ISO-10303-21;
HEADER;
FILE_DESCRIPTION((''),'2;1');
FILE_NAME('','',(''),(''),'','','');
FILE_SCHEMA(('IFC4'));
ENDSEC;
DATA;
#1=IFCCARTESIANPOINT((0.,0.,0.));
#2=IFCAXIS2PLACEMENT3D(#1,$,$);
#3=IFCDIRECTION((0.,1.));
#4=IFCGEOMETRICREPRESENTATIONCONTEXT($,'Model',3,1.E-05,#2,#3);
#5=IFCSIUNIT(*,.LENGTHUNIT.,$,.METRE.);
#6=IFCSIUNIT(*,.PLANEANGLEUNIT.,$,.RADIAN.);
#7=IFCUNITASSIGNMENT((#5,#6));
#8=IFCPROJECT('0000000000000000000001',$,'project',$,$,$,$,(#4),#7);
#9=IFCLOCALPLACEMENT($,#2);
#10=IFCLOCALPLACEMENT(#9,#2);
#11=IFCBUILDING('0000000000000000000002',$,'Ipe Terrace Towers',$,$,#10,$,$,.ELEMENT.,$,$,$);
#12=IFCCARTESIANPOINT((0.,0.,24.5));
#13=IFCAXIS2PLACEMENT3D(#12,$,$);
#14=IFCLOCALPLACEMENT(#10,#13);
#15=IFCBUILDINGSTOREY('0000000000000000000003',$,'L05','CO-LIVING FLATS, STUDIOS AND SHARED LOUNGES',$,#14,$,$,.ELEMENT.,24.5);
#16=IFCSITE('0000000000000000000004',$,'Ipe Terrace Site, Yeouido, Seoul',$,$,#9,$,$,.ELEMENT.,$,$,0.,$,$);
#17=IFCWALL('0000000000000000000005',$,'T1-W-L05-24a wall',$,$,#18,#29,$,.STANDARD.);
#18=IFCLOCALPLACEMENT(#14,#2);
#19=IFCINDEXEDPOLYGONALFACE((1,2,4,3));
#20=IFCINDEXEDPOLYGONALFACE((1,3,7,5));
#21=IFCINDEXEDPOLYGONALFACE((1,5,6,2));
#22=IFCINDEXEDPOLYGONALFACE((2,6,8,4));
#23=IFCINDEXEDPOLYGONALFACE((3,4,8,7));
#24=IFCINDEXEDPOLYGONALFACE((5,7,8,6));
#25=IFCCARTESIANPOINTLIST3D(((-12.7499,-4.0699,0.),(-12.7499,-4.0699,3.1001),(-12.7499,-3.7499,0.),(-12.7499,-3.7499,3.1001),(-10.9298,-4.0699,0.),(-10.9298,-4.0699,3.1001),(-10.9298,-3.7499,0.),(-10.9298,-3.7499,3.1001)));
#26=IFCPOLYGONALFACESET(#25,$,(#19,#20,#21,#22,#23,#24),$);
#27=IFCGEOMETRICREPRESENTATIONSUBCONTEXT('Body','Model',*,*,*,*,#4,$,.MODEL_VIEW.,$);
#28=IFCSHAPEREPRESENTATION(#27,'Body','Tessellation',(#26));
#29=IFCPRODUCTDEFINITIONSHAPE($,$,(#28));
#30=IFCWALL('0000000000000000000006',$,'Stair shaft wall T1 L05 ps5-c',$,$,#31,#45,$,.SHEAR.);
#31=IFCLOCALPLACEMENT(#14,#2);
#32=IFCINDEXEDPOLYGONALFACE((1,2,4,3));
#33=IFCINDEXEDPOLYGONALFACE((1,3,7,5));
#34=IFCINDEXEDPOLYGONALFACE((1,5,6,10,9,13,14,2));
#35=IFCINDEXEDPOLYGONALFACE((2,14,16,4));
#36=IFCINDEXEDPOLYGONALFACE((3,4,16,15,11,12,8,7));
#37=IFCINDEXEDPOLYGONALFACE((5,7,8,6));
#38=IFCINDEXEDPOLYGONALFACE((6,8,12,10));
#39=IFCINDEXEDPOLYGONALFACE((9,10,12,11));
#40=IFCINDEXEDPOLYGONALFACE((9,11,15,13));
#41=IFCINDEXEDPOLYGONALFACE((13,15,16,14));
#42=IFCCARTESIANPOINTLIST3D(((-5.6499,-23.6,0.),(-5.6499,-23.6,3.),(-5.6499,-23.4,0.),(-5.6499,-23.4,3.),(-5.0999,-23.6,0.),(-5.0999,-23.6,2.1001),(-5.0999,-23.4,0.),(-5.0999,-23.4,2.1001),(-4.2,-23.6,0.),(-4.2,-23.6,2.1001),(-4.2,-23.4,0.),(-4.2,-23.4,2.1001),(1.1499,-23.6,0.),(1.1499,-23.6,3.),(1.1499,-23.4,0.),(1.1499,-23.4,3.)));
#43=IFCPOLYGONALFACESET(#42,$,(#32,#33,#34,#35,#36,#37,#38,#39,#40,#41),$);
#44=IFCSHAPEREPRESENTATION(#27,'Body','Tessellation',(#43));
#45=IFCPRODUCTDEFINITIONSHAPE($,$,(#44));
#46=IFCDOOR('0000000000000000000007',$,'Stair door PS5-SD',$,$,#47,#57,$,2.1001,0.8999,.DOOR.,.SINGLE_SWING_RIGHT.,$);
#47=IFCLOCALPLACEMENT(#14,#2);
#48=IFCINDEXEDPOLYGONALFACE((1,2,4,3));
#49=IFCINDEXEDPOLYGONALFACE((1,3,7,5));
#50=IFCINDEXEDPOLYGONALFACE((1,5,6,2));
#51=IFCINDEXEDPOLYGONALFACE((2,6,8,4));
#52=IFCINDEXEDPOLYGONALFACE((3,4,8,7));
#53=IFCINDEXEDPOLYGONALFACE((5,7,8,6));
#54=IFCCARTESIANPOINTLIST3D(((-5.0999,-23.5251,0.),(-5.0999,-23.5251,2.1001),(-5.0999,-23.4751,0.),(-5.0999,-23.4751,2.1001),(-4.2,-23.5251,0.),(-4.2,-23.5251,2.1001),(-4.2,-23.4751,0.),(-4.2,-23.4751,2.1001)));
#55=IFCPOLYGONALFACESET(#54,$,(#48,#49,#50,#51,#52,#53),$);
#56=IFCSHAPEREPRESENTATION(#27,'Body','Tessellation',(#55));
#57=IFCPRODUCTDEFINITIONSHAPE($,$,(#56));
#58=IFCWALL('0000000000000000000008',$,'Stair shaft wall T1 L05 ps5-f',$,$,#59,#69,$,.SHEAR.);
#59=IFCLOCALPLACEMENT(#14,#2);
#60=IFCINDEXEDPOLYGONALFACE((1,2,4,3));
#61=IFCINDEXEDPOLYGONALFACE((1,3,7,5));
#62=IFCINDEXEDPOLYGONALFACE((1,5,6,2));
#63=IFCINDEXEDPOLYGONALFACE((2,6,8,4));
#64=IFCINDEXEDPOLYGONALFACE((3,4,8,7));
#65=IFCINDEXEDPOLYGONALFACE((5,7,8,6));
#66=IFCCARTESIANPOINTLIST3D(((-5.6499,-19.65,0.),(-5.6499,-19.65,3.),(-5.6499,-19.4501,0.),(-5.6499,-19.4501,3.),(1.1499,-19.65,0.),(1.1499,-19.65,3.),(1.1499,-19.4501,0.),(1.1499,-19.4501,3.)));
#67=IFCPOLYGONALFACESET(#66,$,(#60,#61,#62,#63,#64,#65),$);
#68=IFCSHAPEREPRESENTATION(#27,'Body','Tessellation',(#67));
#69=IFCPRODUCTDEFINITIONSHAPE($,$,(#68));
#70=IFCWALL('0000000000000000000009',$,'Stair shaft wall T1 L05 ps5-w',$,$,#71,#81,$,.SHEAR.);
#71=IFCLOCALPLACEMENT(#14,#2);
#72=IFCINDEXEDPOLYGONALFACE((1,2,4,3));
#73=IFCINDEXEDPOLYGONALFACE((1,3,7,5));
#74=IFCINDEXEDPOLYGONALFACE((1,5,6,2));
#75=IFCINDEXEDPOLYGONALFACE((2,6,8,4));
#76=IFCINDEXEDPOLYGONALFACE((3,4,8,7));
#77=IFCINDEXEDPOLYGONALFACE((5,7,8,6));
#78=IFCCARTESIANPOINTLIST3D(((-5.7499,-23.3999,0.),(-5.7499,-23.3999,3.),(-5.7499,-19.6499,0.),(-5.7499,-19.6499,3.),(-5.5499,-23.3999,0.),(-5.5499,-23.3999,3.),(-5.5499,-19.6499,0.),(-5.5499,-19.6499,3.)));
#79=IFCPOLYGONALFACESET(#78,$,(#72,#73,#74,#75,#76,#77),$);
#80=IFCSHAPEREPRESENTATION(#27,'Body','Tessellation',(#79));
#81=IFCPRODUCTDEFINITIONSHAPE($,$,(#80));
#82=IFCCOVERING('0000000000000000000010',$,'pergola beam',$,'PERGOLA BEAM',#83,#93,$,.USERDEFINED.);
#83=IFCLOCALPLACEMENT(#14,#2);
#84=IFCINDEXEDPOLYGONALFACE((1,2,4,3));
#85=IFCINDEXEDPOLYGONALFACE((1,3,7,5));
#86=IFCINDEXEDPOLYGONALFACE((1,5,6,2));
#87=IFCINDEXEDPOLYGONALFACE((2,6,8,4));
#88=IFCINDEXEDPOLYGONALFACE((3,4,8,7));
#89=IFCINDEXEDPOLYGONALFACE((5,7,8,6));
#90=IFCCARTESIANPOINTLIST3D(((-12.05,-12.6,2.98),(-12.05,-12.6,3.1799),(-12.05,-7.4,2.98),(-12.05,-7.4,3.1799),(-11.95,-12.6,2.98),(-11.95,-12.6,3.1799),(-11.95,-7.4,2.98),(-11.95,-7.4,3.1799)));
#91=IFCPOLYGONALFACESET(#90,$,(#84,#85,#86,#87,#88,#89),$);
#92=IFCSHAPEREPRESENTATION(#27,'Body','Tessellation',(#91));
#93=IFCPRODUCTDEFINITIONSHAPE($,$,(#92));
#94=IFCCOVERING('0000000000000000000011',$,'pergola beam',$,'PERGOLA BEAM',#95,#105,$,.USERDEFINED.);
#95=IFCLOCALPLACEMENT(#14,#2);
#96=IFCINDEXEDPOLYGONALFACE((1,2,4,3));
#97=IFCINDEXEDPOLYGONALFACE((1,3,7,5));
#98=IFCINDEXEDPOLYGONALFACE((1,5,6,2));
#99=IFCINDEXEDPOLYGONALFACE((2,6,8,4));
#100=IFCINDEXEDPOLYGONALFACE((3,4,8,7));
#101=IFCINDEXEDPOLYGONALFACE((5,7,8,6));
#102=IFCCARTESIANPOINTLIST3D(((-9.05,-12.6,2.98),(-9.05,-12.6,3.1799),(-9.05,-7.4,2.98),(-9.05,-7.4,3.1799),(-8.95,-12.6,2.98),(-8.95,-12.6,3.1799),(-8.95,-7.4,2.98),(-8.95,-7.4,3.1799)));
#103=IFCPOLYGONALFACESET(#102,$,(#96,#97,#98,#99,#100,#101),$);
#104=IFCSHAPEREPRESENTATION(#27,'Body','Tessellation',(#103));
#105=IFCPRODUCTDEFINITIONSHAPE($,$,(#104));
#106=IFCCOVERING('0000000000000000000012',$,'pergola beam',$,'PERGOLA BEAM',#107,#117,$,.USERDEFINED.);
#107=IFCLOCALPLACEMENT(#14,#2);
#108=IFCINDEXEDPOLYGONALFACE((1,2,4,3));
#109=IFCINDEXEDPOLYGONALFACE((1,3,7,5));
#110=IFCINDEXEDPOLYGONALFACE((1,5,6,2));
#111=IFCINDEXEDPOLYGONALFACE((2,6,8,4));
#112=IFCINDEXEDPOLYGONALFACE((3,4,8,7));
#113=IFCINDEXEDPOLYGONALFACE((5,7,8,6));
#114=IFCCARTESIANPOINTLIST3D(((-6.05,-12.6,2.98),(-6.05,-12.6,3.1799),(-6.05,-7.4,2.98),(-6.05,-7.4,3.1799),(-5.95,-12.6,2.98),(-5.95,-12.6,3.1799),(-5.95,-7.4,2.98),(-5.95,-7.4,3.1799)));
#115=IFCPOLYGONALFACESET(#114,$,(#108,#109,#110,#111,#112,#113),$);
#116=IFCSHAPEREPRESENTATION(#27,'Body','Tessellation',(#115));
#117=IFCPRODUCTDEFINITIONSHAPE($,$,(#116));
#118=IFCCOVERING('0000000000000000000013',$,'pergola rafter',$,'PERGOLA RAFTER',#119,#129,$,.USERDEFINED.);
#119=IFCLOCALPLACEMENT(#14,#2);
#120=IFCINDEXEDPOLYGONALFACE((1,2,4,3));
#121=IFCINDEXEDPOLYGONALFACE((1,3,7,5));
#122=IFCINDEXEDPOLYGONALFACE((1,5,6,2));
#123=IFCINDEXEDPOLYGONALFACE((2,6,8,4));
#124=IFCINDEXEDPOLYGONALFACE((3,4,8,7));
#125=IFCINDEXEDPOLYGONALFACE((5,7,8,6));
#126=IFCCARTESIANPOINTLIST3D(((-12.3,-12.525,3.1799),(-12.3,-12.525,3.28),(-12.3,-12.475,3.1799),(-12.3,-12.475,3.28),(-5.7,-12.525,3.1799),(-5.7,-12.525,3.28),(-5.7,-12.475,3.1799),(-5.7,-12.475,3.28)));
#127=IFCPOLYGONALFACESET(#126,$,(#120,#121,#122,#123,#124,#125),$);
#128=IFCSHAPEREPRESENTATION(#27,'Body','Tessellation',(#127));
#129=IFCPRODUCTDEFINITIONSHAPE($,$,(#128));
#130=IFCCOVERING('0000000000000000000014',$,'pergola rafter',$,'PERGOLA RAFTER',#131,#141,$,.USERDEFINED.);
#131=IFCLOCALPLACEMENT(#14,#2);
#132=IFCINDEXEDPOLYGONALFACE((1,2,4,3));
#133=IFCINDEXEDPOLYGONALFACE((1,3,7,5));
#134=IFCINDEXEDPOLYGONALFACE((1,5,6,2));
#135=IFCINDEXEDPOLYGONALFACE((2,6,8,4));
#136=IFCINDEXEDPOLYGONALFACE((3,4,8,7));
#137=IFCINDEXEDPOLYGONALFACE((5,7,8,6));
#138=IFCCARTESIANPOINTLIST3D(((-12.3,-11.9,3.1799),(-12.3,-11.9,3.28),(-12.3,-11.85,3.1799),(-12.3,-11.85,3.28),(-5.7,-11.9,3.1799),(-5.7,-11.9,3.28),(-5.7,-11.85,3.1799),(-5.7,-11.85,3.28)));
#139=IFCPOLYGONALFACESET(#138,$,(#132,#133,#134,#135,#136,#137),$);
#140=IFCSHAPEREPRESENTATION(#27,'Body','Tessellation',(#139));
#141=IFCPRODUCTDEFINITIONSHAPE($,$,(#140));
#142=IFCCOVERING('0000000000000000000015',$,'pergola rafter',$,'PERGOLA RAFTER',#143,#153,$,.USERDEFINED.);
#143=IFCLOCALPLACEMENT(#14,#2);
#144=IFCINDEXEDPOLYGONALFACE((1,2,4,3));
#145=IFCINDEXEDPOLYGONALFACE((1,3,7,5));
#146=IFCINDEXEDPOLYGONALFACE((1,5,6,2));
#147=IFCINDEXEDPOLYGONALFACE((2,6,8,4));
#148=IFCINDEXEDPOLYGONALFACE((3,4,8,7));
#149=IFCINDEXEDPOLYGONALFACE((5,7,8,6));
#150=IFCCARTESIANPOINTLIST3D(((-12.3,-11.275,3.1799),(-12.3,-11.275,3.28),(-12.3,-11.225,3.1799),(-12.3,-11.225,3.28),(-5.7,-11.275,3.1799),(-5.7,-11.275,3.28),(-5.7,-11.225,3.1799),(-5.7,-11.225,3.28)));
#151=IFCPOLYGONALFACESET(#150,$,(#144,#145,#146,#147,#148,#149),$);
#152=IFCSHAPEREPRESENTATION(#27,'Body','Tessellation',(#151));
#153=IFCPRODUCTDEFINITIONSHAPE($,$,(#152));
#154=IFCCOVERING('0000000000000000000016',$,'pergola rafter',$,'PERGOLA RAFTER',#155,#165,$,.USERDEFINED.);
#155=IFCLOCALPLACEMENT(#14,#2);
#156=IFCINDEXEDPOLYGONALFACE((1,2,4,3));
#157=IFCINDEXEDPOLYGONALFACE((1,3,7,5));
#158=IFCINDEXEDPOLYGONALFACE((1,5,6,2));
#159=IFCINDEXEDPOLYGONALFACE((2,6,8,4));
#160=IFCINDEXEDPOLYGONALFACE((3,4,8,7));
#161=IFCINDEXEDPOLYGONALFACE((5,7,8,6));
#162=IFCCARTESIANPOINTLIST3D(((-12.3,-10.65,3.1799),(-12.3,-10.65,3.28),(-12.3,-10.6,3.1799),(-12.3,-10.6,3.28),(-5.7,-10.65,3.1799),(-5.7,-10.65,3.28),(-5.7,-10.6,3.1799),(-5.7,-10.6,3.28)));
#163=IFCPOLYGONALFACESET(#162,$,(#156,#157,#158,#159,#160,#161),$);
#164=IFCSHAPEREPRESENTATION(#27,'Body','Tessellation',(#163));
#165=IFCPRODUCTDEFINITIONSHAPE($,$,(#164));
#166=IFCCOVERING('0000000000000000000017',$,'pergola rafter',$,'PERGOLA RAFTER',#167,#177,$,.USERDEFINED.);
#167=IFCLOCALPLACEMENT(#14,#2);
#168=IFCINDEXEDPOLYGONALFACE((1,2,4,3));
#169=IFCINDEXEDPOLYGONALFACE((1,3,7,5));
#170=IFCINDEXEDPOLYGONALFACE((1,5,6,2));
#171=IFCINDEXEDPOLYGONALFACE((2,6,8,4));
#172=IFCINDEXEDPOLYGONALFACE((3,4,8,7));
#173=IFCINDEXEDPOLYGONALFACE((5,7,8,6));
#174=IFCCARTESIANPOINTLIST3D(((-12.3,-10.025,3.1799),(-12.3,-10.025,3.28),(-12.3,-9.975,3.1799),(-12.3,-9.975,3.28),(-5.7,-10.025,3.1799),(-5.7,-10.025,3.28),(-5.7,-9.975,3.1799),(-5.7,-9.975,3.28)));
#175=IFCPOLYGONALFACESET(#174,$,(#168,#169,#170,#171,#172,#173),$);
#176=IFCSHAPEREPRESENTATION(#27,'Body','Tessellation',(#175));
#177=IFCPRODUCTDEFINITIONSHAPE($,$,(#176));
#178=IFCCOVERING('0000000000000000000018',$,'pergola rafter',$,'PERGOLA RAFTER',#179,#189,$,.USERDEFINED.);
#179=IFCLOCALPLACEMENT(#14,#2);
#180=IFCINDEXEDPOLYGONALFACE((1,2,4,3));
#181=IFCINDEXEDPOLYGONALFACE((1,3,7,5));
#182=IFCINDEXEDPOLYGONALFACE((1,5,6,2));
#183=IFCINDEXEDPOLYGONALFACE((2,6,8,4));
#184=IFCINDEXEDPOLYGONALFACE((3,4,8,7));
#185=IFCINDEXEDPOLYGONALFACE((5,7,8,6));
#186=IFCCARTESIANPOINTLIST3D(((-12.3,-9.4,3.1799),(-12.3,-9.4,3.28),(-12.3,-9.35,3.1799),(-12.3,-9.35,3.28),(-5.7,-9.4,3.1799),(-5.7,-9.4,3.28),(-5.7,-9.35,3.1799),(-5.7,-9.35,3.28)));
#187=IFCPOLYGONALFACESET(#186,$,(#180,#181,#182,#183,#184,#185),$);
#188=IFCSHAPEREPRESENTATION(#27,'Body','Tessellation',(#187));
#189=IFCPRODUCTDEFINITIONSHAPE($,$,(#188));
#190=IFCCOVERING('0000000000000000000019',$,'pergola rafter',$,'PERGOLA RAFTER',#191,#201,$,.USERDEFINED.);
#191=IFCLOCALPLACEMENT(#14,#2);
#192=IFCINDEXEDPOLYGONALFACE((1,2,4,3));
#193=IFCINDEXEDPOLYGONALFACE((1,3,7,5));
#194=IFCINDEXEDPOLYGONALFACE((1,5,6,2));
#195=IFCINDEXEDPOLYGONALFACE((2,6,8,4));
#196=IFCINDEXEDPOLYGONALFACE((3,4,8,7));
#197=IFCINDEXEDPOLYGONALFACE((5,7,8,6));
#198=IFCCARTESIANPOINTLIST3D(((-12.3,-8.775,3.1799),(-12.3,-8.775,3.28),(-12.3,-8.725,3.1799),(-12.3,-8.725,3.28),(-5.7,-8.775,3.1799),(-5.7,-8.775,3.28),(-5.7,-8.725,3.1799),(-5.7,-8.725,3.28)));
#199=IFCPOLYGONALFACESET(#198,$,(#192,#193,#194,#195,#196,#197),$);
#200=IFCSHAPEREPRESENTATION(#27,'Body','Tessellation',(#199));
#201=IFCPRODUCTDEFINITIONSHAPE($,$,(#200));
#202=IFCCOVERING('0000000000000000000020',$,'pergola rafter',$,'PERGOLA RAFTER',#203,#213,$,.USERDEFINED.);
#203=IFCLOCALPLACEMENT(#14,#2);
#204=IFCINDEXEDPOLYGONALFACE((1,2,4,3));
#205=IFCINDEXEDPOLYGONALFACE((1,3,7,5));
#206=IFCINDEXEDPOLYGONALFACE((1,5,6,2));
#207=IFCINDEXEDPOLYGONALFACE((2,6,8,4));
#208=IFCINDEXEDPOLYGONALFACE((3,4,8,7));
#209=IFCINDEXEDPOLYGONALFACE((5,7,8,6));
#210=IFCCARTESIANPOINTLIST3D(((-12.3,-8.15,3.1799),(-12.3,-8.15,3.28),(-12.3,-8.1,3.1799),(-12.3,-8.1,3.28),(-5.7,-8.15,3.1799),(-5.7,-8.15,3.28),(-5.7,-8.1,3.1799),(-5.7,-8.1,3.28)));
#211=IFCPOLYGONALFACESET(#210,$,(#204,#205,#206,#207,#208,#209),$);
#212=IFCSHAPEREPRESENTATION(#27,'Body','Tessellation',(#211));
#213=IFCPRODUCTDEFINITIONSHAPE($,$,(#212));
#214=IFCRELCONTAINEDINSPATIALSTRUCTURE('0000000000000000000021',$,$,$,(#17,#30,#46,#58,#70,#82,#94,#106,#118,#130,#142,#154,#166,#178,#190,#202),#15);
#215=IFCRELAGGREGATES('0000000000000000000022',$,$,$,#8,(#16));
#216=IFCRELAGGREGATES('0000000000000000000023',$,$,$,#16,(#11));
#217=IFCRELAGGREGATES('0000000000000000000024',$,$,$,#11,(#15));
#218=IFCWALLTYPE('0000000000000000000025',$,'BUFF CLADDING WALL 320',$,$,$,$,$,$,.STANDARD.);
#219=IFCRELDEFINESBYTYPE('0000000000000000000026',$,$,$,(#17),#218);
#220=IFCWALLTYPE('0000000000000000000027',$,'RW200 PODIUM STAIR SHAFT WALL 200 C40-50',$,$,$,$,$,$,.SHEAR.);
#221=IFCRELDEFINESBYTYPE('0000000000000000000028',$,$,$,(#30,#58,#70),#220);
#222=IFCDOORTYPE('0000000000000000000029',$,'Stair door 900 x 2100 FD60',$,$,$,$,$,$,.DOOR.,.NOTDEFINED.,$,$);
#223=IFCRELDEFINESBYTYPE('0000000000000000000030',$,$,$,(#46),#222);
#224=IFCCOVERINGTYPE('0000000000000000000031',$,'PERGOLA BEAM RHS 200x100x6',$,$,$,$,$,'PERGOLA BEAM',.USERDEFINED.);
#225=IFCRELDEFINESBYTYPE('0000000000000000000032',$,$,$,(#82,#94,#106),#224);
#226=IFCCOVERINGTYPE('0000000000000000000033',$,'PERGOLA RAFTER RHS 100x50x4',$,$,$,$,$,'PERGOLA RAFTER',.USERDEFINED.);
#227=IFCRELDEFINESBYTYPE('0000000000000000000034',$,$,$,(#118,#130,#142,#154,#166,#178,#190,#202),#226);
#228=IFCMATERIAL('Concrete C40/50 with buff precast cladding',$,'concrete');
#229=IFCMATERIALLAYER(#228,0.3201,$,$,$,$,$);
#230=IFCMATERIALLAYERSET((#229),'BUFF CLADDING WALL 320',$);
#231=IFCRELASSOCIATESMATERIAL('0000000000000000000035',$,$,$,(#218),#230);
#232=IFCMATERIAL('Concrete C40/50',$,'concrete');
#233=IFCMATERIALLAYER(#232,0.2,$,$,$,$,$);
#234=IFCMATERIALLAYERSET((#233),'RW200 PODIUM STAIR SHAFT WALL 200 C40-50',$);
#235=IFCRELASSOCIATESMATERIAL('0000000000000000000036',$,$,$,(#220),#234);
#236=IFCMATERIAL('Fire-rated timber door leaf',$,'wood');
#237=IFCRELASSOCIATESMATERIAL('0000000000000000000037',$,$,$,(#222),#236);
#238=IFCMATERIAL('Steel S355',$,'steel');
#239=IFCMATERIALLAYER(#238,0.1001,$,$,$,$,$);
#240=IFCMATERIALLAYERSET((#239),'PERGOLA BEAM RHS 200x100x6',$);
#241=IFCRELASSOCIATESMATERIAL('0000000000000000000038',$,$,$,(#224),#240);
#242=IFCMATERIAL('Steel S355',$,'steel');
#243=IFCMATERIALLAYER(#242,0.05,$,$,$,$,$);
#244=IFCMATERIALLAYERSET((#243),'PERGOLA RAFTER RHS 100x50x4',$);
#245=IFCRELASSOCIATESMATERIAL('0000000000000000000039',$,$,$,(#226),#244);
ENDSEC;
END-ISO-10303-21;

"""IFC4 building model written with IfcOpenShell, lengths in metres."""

from ifc_helpers import new_model, si_unit, direction, frame, frame_2d, origin, origin_2d, place, context, subcontext, project, spatial, rectangle, extrude, material, layer, layer_set, type_object, element, fill, save


model = new_model("IFC4")

# Units and contexts
model_context = context("Model", 3, precision=1e-05, world=origin(), true_north=direction((0.0, 1.0)))
body_context = subcontext(model_context, "Body", "Model", "MODEL_VIEW")
ifc_project = project(units=[si_unit("LENGTHUNIT", "METRE"), si_unit("PLANEANGLEUNIT", "RADIAN")], contexts=[model_context])

# Site, building, storey
site_placement = place(None, origin())
site = spatial("IfcSite", under=ifc_project, at=site_placement, Name="Ipe Terrace Site, Yeouido, Seoul", CompositionType="ELEMENT", RefElevation=0.0)
building_placement = place(site_placement, origin())
building = spatial("IfcBuilding", under=site, at=building_placement, Name="Ipe Terrace Towers", CompositionType="ELEMENT")
storey_placement = place(building_placement, frame((0.0, 0.0, 24.5)))
storey = spatial("IfcBuildingStorey", under=building, at=storey_placement, Name="L05", Description="CO-LIVING FLATS, STUDIOS AND SHARED LOUNGES", CompositionType="ELEMENT", Elevation=24.5)

# Wall
ifc_material_1 = material(Name="Concrete C40/50 with buff precast cladding", Category="concrete")
ifc_layer_1 = layer(ifc_material_1, 0.3201)
ifc_layer_set_1 = layer_set([ifc_layer_1], Name="BUFF CLADDING WALL 320")
wall_type_1 = type_object("IfcWallType", Name="BUFF CLADDING WALL 320", PredefinedType="STANDARD", material=ifc_layer_set_1)
wall_1_placement = place(storey_placement, frame((-12.75, -3.9099, 0.0), z_axis=(0.0, 0.0, 1.0), x_axis=(1.0, 0.0, 0.0)))
element("IfcWall", 1, at=wall_1_placement, inside=storey, type_object=wall_type_1, Name="T1-W-L05-24a wall", PredefinedType="STANDARD", context=body_context, shape_type="SweptSolid", body=[
    extrude(rectangle(XDim=1.8201, YDim=0.3201, at=frame_2d((0.9102, 0.0))), origin(), (0.0, 0.0, 1.0), 3.1001),
])

# Wall, opening, door
ifc_material_2 = material(Name="Concrete C40/50", Category="concrete")
ifc_layer_2 = layer(ifc_material_2, 0.2)
ifc_layer_set_2 = layer_set([ifc_layer_2], Name="RW200 PODIUM STAIR SHAFT WALL 200 C40-50")
wall_type_2 = type_object("IfcWallType", Name="RW200 PODIUM STAIR SHAFT WALL 200 C40-50", PredefinedType="SHEAR", material=ifc_layer_set_2)
wall_2_placement = place(storey_placement, frame((-5.6499, -23.5, 0.0), z_axis=(0.0, 0.0, 1.0), x_axis=(1.0, 0.0, 0.0)))
wall_2 = element("IfcWall", 2, at=wall_2_placement, inside=storey, type_object=wall_type_2, Name="Stair shaft wall T1 L05 ps5-c", PredefinedType="SHEAR", context=body_context, shape_type="SweptSolid", body=[
    extrude(rectangle(XDim=6.7998, YDim=0.2, at=frame_2d((3.3999, 0.0))), origin(), (0.0, 0.0, 1.0), 3.0),
])
opening_placement = place(wall_2_placement, frame((0.55, 0.0, 0.0)))
opening = element("IfcOpeningElement", 3, at=opening_placement, cuts=wall_2, PredefinedType="OPENING", context=body_context, shape_type="SweptSolid", body=[
    extrude(rectangle(XDim=0.8999, YDim=2.1001, at=frame_2d((0.45, 1.05))), frame((0.0, 0.1099, 0.0), z_axis=(0.0, -1.0, 0.0), x_axis=(1.0, 0.0, 0.0)), (0.0, 0.0, 1.0), 0.22),
])
ifc_material_3 = material(Name="Fire-rated timber door leaf", Category="wood")
door_type = type_object("IfcDoorType", Name="Stair door 900 x 2100 FD60", OperationType="NOTDEFINED", PredefinedType="DOOR", material=ifc_material_3)
door_placement = place(opening_placement, origin())
door = element("IfcDoor", 4, at=door_placement, inside=storey, type_object=door_type, Name="Stair door PS5-SD", OperationType="SINGLE_SWING_RIGHT", OverallHeight=2.1001, OverallWidth=0.8999, PredefinedType="DOOR", context=body_context, shape_type="SweptSolid", body=[
    extrude(rectangle(XDim=0.8999, YDim=2.1001, at=frame_2d((0.45, 1.05))), frame((0.0, 0.0249, 0.0), z_axis=(0.0, -1.0, 0.0), x_axis=(1.0, 0.0, 0.0)), (0.0, 0.0, 1.0), 0.05),
])
fill(opening, door)

# Walls
wall_3_placement = place(storey_placement, frame((-5.6499, -19.55, 0.0), z_axis=(0.0, 0.0, 1.0), x_axis=(1.0, 0.0, 0.0)))
element("IfcWall", 5, at=wall_3_placement, inside=storey, type_object=wall_type_2, Name="Stair shaft wall T1 L05 ps5-f", PredefinedType="SHEAR", context=body_context, shape_type="SweptSolid", body=[
    extrude(rectangle(XDim=6.7998, YDim=0.2, at=frame_2d((3.3999, 0.0))), origin(), (0.0, 0.0, 1.0), 3.0),
])
wall_4_placement = place(storey_placement, frame((-5.6499, -23.3999, 0.0), z_axis=(0.0, 0.0, 1.0), x_axis=(0.0, 1.0, 0.0)))
element("IfcWall", 6, at=wall_4_placement, inside=storey, type_object=wall_type_2, Name="Stair shaft wall T1 L05 ps5-w", PredefinedType="SHEAR", context=body_context, shape_type="SweptSolid", body=[
    extrude(rectangle(XDim=3.75, YDim=0.2, at=frame_2d((1.875, 0.0))), origin(), (0.0, 0.0, 1.0), 3.0),
])

# Coverings
ifc_material_4 = material(Name="Steel S355", Category="steel")
ifc_layer_3 = layer(ifc_material_4, 0.1001)
ifc_layer_set_3 = layer_set([ifc_layer_3], Name="PERGOLA BEAM RHS 200x100x6")
covering_type_1 = type_object("IfcCoveringType", Name="PERGOLA BEAM RHS 200x100x6", ElementType="PERGOLA BEAM", PredefinedType="USERDEFINED", material=ifc_layer_set_3)
for number, where, z_axis, x_axis, name in (
    (7, (-12.0, -10.0, 2.98), (0.0, 0.0, 1.0), (1.0, 0.0, 0.0), "pergola beam"),
    (8, (-9.0, -10.0, 2.98), (0.0, 0.0, 1.0), (1.0, 0.0, 0.0), "pergola beam"),
    (9, (-6.0, -10.0, 2.98), (0.0, 0.0, 1.0), (1.0, 0.0, 0.0), "pergola beam"),
):
    element("IfcCovering", number, at=place(storey_placement, frame(where, z_axis=z_axis, x_axis=x_axis)), inside=storey, type_object=covering_type_1, Name=name, ObjectType="PERGOLA BEAM", PredefinedType="USERDEFINED", context=body_context, shape_type="SweptSolid", body=[
        extrude(rectangle(XDim=0.1001, YDim=5.2, at=origin_2d()), origin(), (0.0, 0.0, 1.0), 0.2),
    ])
ifc_material_5 = material(Name="Steel S355", Category="steel")
ifc_layer_4 = layer(ifc_material_5, 0.05)
ifc_layer_set_4 = layer_set([ifc_layer_4], Name="PERGOLA RAFTER RHS 100x50x4")
covering_type_2 = type_object("IfcCoveringType", Name="PERGOLA RAFTER RHS 100x50x4", ElementType="PERGOLA RAFTER", PredefinedType="USERDEFINED", material=ifc_layer_set_4)
for number, where, z_axis, x_axis, name in (
    (10, (-9.0, -12.5, 3.1799), (0.0, 0.0, 1.0), (1.0, 0.0, 0.0), "pergola rafter"),
    (11, (-9.0, -11.875, 3.1799), (0.0, 0.0, 1.0), (1.0, 0.0, 0.0), "pergola rafter"),
    (12, (-9.0, -11.25, 3.1799), (0.0, 0.0, 1.0), (1.0, 0.0, 0.0), "pergola rafter"),
    (13, (-9.0, -10.625, 3.1799), (0.0, 0.0, 1.0), (1.0, 0.0, 0.0), "pergola rafter"),
    (14, (-9.0, -10.0, 3.1799), (0.0, 0.0, 1.0), (1.0, 0.0, 0.0), "pergola rafter"),
    (15, (-9.0, -9.375, 3.1799), (0.0, 0.0, 1.0), (1.0, 0.0, 0.0), "pergola rafter"),
    (16, (-9.0, -8.75, 3.1799), (0.0, 0.0, 1.0), (1.0, 0.0, 0.0), "pergola rafter"),
    (17, (-9.0, -8.125, 3.1799), (0.0, 0.0, 1.0), (1.0, 0.0, 0.0), "pergola rafter"),
):
    element("IfcCovering", number, at=place(storey_placement, frame(where, z_axis=z_axis, x_axis=x_axis)), inside=storey, type_object=covering_type_2, Name=name, ObjectType="PERGOLA RAFTER", PredefinedType="USERDEFINED", context=body_context, shape_type="SweptSolid", body=[
        extrude(rectangle(XDim=6.6001, YDim=0.05, at=origin_2d()), origin(), (0.0, 0.0, 1.0), 0.1001),
    ])

save(model, "model.ifc")
